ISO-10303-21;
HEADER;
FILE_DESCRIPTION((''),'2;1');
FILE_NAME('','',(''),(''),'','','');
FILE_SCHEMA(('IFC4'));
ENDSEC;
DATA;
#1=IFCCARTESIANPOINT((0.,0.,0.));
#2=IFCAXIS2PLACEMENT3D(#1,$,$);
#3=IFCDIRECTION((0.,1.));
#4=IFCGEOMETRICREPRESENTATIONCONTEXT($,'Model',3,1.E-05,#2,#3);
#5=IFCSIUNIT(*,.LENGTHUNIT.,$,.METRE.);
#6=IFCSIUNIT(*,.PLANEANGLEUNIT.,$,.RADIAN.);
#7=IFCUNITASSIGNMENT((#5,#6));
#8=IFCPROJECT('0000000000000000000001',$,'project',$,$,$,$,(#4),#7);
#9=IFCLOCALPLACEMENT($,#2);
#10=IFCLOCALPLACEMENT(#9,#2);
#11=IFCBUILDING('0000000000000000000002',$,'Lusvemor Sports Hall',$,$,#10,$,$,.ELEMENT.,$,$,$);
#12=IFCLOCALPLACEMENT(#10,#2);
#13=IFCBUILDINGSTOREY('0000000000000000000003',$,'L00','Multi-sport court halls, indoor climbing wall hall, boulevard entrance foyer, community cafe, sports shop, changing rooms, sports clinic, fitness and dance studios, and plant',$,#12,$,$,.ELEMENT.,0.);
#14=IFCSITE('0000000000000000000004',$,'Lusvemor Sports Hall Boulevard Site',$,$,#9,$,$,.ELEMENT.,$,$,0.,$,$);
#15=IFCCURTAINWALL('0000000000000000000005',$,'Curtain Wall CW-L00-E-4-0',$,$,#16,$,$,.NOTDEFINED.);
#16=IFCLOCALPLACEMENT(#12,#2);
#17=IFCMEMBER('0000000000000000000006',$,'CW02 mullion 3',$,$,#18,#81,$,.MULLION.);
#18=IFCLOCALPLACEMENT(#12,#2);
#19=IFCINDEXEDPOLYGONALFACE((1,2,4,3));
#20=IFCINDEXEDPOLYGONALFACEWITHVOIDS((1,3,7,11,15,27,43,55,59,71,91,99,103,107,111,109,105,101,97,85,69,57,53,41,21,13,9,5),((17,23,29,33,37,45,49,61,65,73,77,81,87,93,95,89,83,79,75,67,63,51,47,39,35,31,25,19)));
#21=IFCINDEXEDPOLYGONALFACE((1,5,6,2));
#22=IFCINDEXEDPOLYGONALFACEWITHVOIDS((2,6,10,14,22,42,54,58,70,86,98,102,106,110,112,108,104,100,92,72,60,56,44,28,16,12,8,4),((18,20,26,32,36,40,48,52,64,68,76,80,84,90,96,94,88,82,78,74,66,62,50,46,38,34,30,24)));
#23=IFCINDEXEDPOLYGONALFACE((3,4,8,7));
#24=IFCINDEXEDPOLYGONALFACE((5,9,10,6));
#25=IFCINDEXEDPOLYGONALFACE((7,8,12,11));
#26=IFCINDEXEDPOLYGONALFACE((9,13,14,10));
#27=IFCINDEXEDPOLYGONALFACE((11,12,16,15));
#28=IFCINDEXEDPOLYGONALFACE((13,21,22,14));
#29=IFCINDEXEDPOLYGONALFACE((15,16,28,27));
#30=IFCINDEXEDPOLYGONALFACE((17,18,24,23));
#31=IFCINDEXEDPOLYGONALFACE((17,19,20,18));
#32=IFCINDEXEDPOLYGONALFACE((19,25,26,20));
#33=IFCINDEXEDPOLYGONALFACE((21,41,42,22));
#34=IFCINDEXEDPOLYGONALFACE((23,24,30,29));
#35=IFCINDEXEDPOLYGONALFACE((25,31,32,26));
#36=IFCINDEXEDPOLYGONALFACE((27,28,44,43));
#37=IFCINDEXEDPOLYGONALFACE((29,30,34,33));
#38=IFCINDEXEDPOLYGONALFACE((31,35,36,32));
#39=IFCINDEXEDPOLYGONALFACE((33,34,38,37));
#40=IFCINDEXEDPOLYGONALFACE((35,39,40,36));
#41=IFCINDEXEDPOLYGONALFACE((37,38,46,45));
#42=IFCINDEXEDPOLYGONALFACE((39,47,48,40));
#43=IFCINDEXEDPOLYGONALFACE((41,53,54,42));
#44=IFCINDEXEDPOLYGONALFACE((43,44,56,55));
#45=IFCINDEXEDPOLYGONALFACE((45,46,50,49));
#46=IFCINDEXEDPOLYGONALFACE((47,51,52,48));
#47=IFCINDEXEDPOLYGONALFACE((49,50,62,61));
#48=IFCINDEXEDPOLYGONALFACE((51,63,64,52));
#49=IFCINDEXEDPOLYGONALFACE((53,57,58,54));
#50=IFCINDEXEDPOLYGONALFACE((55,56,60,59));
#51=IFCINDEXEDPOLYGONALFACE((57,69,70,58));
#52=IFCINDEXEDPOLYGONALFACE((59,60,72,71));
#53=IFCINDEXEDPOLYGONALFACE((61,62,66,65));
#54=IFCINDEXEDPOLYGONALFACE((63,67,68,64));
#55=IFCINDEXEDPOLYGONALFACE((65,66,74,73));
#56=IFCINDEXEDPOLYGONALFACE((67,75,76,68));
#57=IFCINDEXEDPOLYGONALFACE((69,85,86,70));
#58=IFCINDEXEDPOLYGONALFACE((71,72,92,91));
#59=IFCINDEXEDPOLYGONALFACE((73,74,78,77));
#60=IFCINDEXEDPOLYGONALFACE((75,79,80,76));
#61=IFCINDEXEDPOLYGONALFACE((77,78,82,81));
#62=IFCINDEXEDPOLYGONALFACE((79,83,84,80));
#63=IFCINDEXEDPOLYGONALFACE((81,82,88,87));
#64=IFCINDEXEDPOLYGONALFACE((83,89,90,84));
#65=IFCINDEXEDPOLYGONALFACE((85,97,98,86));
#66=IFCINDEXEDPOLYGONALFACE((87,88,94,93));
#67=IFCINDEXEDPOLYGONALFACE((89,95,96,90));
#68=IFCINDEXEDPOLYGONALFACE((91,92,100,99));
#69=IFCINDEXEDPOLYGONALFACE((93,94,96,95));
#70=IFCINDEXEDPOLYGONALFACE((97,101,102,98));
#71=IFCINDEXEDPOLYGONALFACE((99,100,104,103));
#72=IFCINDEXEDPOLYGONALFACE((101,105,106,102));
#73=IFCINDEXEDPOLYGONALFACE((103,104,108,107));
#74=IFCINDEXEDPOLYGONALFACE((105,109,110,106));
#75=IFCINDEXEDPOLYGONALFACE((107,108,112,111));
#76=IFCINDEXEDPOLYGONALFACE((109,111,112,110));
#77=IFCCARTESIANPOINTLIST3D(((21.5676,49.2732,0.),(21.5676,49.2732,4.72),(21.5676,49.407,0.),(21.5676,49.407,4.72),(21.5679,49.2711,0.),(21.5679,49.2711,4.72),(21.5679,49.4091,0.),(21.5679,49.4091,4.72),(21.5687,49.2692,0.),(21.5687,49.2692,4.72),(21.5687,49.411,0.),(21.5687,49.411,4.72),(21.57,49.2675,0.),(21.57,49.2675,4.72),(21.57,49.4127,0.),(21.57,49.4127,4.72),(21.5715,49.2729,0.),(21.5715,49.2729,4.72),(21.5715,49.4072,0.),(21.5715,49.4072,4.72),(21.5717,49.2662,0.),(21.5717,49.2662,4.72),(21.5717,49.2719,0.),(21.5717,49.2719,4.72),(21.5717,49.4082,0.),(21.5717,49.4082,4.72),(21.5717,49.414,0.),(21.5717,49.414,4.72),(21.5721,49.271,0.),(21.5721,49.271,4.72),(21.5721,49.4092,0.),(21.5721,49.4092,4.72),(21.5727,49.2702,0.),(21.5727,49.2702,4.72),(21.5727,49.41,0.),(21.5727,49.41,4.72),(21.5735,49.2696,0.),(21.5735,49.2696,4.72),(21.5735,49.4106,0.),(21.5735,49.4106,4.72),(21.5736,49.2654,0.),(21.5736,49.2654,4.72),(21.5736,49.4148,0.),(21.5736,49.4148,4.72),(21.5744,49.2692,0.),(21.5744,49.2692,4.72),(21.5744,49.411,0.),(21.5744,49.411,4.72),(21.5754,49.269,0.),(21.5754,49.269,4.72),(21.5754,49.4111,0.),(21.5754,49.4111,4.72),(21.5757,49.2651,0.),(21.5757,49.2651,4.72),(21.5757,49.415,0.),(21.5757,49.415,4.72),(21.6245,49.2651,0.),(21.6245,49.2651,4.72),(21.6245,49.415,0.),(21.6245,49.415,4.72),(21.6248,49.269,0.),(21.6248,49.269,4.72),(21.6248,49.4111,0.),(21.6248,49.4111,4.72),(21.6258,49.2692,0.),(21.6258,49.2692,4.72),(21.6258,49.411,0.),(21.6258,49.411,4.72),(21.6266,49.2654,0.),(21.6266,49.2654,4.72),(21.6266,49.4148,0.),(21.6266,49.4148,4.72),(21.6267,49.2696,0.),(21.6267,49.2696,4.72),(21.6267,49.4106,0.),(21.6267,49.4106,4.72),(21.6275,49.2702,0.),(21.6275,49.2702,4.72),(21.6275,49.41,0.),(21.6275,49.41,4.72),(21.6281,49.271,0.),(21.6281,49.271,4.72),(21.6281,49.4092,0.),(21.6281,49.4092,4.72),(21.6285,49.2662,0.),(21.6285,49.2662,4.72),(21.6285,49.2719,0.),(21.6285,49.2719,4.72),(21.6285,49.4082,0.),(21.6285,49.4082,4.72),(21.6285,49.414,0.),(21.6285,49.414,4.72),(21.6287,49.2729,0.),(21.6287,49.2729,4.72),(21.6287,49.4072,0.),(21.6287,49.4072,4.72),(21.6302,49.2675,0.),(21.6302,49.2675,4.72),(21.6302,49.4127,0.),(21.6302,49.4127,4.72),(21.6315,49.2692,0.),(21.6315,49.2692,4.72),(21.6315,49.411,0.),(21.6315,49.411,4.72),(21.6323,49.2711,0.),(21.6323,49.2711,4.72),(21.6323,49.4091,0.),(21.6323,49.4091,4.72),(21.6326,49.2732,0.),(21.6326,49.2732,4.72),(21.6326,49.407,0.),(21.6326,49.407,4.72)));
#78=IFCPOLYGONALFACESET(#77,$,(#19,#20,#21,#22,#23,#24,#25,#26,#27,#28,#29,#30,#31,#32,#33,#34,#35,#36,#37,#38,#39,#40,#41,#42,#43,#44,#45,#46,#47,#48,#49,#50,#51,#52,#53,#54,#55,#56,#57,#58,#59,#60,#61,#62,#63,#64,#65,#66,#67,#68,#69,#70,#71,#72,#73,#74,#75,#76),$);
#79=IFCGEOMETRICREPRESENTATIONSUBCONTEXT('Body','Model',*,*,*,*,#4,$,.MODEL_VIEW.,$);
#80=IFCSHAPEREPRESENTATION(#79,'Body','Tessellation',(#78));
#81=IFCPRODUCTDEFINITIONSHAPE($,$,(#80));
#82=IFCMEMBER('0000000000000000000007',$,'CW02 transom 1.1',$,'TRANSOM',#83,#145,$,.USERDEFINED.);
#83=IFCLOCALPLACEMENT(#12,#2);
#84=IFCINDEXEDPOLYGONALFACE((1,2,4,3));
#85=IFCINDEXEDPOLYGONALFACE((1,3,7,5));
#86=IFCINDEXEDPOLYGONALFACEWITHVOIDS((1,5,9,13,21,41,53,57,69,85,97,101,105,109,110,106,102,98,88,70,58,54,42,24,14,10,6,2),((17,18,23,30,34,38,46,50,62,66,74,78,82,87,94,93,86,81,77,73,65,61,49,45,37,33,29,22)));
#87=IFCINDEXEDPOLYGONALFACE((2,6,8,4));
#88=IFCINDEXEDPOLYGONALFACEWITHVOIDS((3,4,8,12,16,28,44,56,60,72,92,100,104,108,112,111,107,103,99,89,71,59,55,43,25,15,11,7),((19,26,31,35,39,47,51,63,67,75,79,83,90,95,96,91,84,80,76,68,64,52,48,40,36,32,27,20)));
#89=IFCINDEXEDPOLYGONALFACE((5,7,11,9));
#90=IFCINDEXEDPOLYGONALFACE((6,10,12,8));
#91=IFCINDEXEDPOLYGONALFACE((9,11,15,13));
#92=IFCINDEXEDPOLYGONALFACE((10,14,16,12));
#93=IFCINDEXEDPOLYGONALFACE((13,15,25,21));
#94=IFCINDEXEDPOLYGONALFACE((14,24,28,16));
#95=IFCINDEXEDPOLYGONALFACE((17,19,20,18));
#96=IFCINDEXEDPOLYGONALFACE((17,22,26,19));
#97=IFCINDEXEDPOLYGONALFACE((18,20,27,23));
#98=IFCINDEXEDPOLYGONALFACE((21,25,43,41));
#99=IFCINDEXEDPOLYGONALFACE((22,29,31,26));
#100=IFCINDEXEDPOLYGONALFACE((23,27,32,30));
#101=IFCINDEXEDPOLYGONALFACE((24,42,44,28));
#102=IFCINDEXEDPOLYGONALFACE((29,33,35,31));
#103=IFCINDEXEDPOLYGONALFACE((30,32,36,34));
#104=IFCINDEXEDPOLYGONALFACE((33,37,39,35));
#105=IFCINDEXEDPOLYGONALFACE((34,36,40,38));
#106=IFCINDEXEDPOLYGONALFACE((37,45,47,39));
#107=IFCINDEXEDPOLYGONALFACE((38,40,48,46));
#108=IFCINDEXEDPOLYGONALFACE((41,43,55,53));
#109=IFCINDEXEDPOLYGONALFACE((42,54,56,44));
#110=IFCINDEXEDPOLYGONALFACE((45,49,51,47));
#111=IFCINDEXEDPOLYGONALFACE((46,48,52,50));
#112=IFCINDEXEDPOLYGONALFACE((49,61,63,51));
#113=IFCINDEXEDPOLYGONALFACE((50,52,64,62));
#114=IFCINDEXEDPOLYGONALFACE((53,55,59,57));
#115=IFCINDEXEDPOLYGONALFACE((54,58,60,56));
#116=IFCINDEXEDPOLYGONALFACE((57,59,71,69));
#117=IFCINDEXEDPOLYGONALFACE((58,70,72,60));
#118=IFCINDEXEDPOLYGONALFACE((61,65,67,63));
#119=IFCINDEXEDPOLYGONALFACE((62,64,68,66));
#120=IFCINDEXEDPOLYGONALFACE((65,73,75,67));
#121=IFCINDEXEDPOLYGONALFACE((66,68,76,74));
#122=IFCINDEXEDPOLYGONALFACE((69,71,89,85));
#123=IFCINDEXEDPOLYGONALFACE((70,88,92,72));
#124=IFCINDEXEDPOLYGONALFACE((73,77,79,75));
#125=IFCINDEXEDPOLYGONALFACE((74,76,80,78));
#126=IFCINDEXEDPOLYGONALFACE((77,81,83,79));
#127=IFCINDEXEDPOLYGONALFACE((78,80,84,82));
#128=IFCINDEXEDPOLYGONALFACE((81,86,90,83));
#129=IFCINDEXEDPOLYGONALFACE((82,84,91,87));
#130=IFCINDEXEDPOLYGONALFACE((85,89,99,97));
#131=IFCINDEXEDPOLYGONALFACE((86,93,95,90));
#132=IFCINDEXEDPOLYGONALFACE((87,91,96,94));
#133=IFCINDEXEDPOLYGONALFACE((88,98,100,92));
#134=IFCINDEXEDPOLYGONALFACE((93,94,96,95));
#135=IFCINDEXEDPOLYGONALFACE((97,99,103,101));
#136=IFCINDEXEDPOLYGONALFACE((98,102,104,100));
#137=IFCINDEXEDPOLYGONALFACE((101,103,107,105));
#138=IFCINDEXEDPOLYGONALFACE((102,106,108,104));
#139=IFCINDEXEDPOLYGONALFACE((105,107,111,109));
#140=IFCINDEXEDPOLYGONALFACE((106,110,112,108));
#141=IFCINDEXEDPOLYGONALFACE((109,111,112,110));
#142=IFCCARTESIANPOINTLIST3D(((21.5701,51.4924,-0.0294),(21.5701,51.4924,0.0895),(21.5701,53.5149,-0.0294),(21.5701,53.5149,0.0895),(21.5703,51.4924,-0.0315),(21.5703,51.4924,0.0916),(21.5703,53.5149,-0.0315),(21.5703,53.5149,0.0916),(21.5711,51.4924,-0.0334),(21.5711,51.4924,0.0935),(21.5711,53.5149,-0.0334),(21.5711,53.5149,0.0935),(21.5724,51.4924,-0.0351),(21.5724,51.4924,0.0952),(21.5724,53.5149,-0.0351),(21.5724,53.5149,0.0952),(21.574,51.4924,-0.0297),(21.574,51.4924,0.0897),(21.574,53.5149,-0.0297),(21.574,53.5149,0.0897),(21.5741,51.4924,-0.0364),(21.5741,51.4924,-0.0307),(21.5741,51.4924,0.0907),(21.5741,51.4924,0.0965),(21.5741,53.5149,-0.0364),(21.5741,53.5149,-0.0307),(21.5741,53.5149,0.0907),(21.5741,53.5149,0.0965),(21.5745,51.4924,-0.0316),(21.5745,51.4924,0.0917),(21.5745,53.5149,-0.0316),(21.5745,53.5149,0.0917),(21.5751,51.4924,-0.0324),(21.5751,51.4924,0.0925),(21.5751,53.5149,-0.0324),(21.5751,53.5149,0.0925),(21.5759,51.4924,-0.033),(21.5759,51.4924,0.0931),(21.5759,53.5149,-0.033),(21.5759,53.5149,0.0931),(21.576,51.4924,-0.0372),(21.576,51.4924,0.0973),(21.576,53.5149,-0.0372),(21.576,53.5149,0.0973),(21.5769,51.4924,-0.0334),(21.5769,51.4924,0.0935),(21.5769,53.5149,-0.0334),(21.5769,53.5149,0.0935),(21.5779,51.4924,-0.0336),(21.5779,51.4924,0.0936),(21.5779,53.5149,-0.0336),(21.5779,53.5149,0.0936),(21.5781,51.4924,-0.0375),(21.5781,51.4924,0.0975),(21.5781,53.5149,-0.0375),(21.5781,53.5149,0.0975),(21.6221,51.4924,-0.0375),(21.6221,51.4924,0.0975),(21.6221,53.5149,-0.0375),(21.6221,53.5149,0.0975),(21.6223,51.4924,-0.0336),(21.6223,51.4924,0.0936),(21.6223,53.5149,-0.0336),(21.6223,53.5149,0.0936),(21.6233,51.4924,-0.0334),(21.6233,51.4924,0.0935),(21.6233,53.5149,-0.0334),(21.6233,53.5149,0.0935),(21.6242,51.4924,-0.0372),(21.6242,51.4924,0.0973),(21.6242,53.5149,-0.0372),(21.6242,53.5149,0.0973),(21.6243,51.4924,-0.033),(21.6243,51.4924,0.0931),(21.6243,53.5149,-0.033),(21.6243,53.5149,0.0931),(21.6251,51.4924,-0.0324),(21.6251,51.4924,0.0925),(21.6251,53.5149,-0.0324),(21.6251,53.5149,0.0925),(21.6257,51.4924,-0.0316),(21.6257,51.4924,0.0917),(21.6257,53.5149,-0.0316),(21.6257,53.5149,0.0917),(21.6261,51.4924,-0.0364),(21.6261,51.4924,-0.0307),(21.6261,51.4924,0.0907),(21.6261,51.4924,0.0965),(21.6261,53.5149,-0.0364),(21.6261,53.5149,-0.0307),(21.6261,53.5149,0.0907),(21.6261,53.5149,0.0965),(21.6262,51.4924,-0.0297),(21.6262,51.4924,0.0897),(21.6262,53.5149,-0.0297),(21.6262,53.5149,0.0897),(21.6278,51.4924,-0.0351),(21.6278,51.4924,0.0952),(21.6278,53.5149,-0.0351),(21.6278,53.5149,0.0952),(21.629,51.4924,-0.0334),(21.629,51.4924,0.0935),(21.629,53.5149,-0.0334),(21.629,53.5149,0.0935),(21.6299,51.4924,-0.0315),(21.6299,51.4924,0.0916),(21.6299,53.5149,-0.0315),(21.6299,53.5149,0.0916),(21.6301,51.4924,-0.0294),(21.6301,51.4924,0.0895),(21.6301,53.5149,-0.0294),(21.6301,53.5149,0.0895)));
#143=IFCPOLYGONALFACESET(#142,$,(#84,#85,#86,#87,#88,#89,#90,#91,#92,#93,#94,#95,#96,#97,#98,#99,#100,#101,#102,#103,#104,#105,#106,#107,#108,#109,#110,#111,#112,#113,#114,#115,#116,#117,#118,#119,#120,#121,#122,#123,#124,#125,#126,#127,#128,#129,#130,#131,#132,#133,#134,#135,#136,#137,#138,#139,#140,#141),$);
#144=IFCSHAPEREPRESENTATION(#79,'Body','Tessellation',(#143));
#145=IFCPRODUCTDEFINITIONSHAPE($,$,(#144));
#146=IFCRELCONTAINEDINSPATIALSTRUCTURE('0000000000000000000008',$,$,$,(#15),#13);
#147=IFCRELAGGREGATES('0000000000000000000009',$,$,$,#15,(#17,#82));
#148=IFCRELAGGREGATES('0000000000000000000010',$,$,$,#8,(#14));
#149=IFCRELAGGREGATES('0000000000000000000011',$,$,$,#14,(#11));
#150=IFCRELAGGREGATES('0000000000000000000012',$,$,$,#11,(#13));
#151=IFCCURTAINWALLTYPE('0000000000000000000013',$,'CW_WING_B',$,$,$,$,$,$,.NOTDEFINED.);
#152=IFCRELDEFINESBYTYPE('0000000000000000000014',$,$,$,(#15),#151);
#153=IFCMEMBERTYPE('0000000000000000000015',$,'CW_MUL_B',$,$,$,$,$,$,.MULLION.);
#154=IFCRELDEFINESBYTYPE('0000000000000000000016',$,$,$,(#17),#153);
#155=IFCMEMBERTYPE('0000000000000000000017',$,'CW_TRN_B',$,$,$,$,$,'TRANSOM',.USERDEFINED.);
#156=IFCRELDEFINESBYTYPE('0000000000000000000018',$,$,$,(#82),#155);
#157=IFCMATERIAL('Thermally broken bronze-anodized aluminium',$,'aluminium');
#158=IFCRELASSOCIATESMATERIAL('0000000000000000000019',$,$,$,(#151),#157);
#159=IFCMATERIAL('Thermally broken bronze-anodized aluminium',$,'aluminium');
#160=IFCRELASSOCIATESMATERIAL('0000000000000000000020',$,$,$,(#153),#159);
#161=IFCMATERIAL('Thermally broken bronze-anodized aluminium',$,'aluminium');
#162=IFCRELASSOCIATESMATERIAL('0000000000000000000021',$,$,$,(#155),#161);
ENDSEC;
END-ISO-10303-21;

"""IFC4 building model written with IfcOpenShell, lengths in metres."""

from ifc_helpers import new_model, si_unit, direction, frame, origin, origin_2d, place, context, subcontext, project, spatial, hollow_rectangle, extrude, material, material_profile, profile_set, type_object, element, aggregate, save


model = new_model("IFC4")

# Units and contexts
model_context = context("Model", 3, precision=1e-05, world=origin(), true_north=direction((0.0, 1.0)))
body_context = subcontext(model_context, "Body", "Model", "MODEL_VIEW")
ifc_project = project(units=[si_unit("LENGTHUNIT", "METRE"), si_unit("PLANEANGLEUNIT", "RADIAN")], contexts=[model_context])

# Site, building, storey
site_placement = place(None, origin())
site = spatial("IfcSite", under=ifc_project, at=site_placement, Name="Lusvemor Sports Hall Boulevard Site", CompositionType="ELEMENT", RefElevation=0.0)
building_placement = place(site_placement, origin())
building = spatial("IfcBuilding", under=site, at=building_placement, Name="Lusvemor Sports Hall", CompositionType="ELEMENT")
storey_placement = place(building_placement, origin())
storey = spatial("IfcBuildingStorey", under=building, at=storey_placement, Name="L00", Description="Multi-sport court halls, indoor climbing wall hall, boulevard entrance foyer, community cafe, sports shop, changing rooms, sports clinic, fitness and dance studios, and plant", CompositionType="ELEMENT", Elevation=0.0)

# Curtain wall, members
ifc_material_1 = material(Name="Thermally broken bronze-anodized aluminium", Category="aluminium")
curtain_wall_type = type_object("IfcCurtainWallType", Name="CW_WING_B", PredefinedType="NOTDEFINED", material=ifc_material_1)
curtain_wall_placement = place(storey_placement, origin())
curtain_wall = element("IfcCurtainWall", 1, at=curtain_wall_placement, inside=storey, type_object=curtain_wall_type, Name="Curtain Wall CW-L00-E-4-0", PredefinedType="NOTDEFINED")
ifc_material_2 = material(Name="Thermally broken bronze-anodized aluminium", Category="aluminium")
ifc_material_profile_1 = material_profile(ifc_material_2, hollow_rectangle(XDim=0.0649, YDim=0.1499, WallThickness=0.0039, InnerFilletRadius=0.0039, OuterFilletRadius=0.0081, at=origin_2d()), Name="CWMUL150x65x4")
ifc_profile_set_1 = profile_set([ifc_material_profile_1], Name="Thermally broken bronze-anodized aluminium")
member_type_1 = type_object("IfcMemberType", Name="CW_MUL_B", PredefinedType="MULLION", material=ifc_profile_set_1)
member_1_placement = place(storey_placement, frame((21.6001, 49.3401, 0.0), z_axis=(0.0, 0.0, 1.0), x_axis=(1.0, 0.0, 0.0)))
member_1 = element("IfcMember", 2, at=member_1_placement, type_object=member_type_1, Name="CW02 mullion 3", PredefinedType="MULLION", context=body_context, shape_type="SweptSolid", body=[
    extrude(hollow_rectangle(XDim=0.0649, YDim=0.1499, WallThickness=0.0039, InnerFilletRadius=0.0039, OuterFilletRadius=0.0081, at=origin_2d()), origin(), (0.0, 0.0, 1.0), 4.72),
])
ifc_material_3 = material(Name="Thermally broken bronze-anodized aluminium", Category="aluminium")
ifc_material_profile_2 = material_profile(ifc_material_3, hollow_rectangle(XDim=0.0601, YDim=0.135, WallThickness=0.0039, InnerFilletRadius=0.0039, OuterFilletRadius=0.0081, at=origin_2d()), Name="CWTRN135x60x4")
ifc_profile_set_2 = profile_set([ifc_material_profile_2], Name="Thermally broken bronze-anodized aluminium")
member_type_2 = type_object("IfcMemberType", Name="CW_TRN_B", ElementType="TRANSOM", PredefinedType="USERDEFINED", material=ifc_profile_set_2)
member_2_placement = place(storey_placement, frame((21.6001, 53.5149, 0.03), z_axis=(0.0, -1.0, 0.0), x_axis=(1.0, 0.0, 0.0)))
member_2 = element("IfcMember", 3, at=member_2_placement, type_object=member_type_2, Name="CW02 transom 1.1", ObjectType="TRANSOM", PredefinedType="USERDEFINED", context=body_context, shape_type="SweptSolid", body=[
    extrude(hollow_rectangle(XDim=0.0601, YDim=0.135, WallThickness=0.0039, InnerFilletRadius=0.0039, OuterFilletRadius=0.0081, at=origin_2d()), origin(), (0.0, 0.0, 1.0), 2.0225),
])
aggregate(curtain_wall, [member_1, member_2])

save(model, "model.ifc")
